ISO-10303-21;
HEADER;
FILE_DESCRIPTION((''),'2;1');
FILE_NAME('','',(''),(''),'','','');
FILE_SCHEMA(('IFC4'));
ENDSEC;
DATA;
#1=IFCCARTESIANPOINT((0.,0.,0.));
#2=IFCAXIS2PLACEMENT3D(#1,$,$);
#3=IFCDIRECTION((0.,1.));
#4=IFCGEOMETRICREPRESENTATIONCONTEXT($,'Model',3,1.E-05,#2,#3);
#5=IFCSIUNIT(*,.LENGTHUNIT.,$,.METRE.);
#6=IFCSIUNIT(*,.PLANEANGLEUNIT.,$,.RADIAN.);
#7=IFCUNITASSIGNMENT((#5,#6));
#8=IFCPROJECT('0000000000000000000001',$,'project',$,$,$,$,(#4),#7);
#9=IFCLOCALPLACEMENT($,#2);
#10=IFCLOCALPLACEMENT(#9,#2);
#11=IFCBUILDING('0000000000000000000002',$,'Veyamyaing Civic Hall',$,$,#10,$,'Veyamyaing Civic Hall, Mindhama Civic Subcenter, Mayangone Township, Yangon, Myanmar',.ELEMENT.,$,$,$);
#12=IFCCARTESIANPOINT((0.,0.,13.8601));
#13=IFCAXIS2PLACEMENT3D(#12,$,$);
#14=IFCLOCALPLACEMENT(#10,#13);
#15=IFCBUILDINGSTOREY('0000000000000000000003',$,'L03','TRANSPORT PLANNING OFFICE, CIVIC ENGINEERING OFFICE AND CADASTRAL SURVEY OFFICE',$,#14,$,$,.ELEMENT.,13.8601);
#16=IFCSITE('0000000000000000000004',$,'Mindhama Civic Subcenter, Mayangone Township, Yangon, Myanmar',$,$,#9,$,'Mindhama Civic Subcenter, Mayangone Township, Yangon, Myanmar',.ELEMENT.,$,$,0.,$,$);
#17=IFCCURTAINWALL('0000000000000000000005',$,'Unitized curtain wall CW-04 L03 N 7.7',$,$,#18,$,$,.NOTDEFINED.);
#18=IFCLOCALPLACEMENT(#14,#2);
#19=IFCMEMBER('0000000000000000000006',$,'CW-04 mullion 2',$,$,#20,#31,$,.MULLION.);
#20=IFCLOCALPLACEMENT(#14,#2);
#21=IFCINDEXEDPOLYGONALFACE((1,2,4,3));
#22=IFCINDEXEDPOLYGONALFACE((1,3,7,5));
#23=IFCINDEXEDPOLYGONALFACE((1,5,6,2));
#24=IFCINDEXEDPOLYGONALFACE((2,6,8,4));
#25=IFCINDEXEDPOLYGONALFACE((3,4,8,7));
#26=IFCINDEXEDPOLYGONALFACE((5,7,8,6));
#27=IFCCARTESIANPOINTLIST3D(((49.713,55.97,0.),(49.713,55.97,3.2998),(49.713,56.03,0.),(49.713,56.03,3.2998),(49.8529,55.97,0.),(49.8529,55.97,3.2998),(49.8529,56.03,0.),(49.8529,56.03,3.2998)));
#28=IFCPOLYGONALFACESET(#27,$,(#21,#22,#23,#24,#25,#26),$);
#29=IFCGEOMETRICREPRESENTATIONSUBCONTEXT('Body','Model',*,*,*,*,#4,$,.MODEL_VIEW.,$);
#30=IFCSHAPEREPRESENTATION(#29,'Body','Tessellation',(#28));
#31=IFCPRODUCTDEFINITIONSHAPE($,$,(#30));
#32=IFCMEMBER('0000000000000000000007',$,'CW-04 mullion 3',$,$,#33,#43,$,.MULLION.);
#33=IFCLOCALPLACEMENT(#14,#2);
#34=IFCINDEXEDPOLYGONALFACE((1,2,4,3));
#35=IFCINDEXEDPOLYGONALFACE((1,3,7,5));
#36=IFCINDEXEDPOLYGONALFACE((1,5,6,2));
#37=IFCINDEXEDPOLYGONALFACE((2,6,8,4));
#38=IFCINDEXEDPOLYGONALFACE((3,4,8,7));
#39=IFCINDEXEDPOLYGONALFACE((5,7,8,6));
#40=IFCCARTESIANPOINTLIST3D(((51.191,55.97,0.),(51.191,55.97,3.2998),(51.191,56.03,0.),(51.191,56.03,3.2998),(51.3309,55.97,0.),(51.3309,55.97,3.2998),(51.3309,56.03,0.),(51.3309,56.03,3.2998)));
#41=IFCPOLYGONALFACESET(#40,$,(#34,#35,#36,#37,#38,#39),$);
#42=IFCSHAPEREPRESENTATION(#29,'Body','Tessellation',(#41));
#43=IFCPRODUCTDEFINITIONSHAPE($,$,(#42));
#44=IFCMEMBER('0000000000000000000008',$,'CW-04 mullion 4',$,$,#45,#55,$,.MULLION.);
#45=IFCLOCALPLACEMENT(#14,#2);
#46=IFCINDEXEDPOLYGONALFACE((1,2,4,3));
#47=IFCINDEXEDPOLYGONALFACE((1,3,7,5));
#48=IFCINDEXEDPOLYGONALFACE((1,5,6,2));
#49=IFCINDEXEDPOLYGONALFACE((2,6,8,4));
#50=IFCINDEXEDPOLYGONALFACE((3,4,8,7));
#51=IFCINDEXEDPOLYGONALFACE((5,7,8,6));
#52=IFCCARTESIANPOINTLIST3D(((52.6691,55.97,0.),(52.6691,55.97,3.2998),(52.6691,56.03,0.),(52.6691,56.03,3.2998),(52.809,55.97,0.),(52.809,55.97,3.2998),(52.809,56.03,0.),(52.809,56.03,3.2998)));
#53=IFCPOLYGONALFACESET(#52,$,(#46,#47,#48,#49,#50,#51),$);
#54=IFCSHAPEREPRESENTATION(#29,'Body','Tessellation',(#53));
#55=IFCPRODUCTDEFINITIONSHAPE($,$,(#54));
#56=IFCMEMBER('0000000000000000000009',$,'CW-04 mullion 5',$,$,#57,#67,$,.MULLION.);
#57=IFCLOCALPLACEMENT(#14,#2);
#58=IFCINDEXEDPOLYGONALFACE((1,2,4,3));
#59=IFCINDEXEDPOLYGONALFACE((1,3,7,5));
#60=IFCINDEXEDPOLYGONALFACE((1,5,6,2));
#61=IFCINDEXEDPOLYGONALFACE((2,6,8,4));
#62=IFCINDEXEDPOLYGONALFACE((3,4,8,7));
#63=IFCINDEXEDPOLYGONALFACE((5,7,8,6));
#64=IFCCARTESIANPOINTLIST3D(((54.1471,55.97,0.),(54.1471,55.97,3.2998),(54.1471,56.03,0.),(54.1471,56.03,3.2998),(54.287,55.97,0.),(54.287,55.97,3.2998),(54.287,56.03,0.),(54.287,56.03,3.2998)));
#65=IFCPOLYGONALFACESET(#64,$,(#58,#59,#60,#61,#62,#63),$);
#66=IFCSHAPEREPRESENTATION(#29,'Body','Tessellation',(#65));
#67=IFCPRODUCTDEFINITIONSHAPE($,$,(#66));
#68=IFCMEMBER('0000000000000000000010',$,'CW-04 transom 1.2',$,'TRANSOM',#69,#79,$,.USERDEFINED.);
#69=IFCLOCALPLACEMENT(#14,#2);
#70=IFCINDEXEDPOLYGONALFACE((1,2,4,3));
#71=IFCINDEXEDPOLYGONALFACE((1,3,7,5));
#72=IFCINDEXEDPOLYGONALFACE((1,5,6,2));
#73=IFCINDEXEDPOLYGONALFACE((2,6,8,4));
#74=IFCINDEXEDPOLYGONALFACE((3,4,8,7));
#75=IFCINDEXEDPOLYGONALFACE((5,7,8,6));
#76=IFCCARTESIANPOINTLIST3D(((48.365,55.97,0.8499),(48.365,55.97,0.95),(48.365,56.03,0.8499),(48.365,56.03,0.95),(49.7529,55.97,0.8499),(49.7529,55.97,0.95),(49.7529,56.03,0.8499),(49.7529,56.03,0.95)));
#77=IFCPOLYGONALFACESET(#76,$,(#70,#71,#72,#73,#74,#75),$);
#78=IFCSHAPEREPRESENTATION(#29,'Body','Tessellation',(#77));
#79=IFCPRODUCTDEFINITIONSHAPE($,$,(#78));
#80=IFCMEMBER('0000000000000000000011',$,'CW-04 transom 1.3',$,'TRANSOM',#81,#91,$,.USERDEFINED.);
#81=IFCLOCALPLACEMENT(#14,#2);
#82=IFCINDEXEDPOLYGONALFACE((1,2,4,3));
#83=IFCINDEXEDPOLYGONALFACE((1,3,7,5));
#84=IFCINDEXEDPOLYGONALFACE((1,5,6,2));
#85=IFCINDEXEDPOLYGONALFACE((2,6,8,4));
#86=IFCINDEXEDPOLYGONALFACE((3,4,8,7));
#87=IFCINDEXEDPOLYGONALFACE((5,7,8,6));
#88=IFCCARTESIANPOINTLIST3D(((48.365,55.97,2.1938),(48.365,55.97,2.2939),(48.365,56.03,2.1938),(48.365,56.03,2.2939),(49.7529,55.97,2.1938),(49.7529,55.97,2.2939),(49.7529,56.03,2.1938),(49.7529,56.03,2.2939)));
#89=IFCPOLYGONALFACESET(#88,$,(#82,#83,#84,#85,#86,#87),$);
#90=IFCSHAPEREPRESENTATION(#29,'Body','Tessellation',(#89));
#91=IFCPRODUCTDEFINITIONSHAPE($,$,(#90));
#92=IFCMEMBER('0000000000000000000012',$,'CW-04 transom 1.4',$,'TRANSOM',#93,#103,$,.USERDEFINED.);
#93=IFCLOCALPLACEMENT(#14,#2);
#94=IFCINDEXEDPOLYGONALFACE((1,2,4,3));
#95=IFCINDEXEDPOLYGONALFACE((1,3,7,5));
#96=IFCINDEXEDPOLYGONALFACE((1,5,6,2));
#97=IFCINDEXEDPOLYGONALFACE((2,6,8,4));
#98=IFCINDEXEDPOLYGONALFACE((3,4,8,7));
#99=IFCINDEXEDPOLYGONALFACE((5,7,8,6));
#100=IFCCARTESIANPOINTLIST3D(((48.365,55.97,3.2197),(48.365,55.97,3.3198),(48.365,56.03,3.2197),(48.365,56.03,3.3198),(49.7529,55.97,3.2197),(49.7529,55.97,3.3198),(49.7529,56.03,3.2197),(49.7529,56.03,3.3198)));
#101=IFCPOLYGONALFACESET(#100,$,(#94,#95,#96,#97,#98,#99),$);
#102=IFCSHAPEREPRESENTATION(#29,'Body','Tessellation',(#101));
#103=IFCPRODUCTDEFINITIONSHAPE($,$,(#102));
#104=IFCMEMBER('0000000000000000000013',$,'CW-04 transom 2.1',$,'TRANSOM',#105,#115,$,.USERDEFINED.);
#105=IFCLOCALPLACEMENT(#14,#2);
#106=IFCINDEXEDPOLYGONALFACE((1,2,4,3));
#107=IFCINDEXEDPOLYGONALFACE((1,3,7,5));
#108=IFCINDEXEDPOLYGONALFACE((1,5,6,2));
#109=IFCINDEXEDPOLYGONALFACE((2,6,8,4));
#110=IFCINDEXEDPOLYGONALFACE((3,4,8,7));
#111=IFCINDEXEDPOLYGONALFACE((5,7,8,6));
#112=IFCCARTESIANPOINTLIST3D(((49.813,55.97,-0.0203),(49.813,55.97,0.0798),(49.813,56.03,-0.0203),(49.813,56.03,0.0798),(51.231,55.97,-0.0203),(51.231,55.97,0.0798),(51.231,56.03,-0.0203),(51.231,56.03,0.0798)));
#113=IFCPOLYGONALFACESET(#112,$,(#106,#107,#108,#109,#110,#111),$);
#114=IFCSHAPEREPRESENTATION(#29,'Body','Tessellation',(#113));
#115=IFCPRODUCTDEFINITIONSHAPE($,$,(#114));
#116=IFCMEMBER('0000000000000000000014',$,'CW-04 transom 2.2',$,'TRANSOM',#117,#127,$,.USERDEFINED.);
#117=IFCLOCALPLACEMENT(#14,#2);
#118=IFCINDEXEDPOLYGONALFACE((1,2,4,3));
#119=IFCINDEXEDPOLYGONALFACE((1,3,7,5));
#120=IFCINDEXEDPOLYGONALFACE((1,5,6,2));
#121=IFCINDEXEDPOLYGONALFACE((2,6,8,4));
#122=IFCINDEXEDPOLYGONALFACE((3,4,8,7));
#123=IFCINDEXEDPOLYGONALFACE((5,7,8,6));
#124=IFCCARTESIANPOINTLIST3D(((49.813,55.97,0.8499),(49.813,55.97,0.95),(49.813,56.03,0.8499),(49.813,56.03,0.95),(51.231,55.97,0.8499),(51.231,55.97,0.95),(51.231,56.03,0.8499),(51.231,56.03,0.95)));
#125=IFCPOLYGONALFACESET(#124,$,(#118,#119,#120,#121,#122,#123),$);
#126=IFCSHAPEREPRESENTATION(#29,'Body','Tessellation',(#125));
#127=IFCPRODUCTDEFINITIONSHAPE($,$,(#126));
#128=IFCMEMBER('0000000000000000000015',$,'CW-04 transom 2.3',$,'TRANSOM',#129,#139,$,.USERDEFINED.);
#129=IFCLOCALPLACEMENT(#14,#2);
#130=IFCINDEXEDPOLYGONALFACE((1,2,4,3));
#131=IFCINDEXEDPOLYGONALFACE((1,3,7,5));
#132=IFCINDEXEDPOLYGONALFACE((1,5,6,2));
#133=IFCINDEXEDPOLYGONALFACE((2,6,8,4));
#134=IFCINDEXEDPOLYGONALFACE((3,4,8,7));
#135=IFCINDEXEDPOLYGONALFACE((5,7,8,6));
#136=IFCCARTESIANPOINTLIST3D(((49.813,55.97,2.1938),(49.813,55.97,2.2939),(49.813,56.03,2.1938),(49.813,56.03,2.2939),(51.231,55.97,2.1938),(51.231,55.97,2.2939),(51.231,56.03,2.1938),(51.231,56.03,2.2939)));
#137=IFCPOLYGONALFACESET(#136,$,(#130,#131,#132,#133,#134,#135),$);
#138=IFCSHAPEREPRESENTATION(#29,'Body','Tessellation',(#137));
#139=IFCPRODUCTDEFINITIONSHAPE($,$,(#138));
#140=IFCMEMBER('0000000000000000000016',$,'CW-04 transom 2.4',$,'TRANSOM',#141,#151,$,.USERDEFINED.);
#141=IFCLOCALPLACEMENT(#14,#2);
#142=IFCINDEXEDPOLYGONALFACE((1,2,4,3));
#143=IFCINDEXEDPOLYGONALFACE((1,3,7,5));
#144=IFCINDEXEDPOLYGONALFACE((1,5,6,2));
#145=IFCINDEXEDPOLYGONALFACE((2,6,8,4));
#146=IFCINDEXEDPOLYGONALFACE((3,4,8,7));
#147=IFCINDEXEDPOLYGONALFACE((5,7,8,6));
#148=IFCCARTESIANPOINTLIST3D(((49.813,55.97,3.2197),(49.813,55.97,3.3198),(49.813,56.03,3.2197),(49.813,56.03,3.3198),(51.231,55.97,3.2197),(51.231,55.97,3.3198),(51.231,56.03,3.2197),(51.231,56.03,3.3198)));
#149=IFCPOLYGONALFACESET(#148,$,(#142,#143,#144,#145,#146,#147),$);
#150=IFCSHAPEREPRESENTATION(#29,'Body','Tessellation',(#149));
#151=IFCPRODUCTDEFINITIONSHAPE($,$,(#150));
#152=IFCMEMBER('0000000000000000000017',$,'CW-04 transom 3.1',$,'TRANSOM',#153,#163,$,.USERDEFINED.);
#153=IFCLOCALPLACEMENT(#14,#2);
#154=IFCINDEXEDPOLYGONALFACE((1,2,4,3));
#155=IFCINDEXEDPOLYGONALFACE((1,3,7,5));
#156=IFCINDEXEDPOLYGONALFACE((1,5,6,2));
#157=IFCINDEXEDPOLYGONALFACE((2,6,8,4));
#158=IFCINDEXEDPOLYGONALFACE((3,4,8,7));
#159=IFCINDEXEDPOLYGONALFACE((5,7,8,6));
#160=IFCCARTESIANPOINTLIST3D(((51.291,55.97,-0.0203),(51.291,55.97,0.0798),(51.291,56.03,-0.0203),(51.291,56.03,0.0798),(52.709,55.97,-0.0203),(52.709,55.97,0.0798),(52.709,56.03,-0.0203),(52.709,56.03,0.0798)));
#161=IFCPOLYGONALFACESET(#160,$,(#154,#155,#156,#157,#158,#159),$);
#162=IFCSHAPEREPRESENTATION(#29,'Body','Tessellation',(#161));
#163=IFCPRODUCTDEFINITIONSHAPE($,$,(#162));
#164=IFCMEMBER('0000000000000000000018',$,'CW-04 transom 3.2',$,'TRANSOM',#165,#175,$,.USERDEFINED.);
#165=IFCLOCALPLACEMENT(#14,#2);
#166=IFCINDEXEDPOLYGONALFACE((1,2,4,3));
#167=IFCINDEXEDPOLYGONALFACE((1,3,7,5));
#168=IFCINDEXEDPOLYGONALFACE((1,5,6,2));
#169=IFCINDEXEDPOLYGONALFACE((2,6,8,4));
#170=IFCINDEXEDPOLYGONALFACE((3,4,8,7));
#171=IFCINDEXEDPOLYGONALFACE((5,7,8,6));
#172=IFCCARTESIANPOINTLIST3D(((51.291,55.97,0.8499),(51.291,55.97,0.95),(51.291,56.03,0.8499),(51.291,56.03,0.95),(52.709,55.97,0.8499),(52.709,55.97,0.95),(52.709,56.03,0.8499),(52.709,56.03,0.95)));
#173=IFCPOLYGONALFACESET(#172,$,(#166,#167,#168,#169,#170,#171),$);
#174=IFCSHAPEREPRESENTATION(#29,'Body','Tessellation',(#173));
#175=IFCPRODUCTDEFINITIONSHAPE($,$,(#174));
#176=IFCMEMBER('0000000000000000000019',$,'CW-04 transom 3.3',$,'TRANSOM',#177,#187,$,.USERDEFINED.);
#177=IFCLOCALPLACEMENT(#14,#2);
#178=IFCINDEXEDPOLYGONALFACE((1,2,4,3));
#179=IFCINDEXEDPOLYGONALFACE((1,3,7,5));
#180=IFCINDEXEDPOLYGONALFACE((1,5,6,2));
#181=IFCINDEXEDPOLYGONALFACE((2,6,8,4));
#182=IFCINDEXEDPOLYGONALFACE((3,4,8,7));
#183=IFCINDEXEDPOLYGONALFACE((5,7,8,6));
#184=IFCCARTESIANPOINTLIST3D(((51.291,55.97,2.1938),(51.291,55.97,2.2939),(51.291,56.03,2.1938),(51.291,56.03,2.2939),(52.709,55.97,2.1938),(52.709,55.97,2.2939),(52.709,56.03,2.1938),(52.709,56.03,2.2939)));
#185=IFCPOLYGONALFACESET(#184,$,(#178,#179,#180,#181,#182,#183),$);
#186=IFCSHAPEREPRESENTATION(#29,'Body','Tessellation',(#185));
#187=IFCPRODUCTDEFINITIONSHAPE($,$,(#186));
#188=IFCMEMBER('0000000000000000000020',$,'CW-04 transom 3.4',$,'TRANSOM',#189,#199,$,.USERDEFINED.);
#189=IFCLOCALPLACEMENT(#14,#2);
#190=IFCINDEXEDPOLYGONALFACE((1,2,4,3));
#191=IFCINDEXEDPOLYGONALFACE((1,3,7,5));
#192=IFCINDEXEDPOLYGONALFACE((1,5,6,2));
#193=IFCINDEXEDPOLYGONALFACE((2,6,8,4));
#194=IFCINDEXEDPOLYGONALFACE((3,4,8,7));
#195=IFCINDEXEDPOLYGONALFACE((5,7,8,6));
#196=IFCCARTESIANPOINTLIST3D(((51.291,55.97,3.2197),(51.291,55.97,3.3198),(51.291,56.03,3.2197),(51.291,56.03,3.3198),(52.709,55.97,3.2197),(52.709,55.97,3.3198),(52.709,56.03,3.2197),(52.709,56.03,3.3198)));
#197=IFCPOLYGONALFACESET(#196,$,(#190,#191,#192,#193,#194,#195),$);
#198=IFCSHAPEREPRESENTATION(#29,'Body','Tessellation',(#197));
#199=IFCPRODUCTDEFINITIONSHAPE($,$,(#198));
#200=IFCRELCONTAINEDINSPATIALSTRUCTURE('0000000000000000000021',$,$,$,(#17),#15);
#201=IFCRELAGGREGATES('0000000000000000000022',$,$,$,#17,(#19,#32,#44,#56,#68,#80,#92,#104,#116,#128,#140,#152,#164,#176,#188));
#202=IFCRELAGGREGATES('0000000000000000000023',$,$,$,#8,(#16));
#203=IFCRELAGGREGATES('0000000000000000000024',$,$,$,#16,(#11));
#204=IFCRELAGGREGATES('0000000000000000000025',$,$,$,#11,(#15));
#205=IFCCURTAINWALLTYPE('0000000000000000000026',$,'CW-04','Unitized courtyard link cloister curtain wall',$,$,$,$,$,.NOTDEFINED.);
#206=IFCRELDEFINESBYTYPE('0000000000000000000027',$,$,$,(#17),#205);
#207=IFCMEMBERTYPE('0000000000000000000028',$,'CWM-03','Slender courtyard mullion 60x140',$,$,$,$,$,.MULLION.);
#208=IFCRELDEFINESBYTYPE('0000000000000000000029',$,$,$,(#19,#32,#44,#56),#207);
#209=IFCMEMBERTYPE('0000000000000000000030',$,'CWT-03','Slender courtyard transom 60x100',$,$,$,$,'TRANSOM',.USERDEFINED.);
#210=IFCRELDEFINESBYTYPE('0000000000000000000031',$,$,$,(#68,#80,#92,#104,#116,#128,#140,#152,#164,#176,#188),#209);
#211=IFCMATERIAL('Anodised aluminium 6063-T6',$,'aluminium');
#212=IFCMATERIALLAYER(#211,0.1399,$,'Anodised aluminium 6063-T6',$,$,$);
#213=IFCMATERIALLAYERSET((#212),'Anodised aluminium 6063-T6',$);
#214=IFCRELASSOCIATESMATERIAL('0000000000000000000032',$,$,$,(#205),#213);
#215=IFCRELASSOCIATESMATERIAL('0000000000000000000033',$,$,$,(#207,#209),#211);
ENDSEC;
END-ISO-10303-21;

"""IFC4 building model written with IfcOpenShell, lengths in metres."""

from ifc_helpers import new_model, si_unit, direction, frame, origin, origin_2d, place, context, subcontext, project, spatial, rectangle, extrude, material, layer, layer_set, material_profile, profile_set, type_object, element, aggregate, save


model = new_model("IFC4")

# Units and contexts
model_context = context("Model", 3, precision=1e-05, world=origin(), true_north=direction((0.0, 1.0)))
body_context = subcontext(model_context, "Body", "Model", "MODEL_VIEW")
ifc_project = project(units=[si_unit("LENGTHUNIT", "METRE"), si_unit("PLANEANGLEUNIT", "RADIAN")], contexts=[model_context])

# Site, building, storey
site_placement = place(None, origin())
site = spatial("IfcSite", under=ifc_project, at=site_placement, Name="Mindhama Civic Subcenter, Mayangone Township, Yangon, Myanmar", LongName="Mindhama Civic Subcenter, Mayangone Township, Yangon, Myanmar", CompositionType="ELEMENT", RefElevation=0.0)
building_placement = place(site_placement, origin())
building = spatial("IfcBuilding", under=site, at=building_placement, Name="Veyamyaing Civic Hall", LongName="Veyamyaing Civic Hall, Mindhama Civic Subcenter, Mayangone Township, Yangon, Myanmar", CompositionType="ELEMENT")
storey_placement = place(building_placement, frame((0.0, 0.0, 13.8601)))
storey = spatial("IfcBuildingStorey", under=building, at=storey_placement, Name="L03", Description="TRANSPORT PLANNING OFFICE, CIVIC ENGINEERING OFFICE AND CADASTRAL SURVEY OFFICE", CompositionType="ELEMENT", Elevation=13.8601)

# Curtain wall, members
ifc_material_1 = material(Name="Anodised aluminium 6063-T6", Category="aluminium")
ifc_layer_1 = layer(ifc_material_1, 0.1399, Name="Anodised aluminium 6063-T6")
ifc_layer_set_1 = layer_set([ifc_layer_1], Name="Anodised aluminium 6063-T6")
curtain_wall_type = type_object("IfcCurtainWallType", Name="CW-04", Description="Unitized courtyard link cloister curtain wall", PredefinedType="NOTDEFINED", material=ifc_layer_set_1)
curtain_wall_placement = place(storey_placement, origin())
curtain_wall = element("IfcCurtainWall", 1, at=curtain_wall_placement, inside=storey, type_object=curtain_wall_type, Name="Unitized curtain wall CW-04 L03 N 7.7", PredefinedType="NOTDEFINED")
ifc_material_profile_1 = material_profile(ifc_material_1, rectangle(XDim=0.0601, YDim=0.1399, at=origin_2d()), Name="ALU-MUL-60X140")
ifc_profile_set_1 = profile_set([ifc_material_profile_1], Name="Anodised aluminium 6063-T6")
member_type_1 = type_object("IfcMemberType", Name="CWM-03", Description="Slender courtyard mullion 60x140", PredefinedType="MULLION", material=ifc_profile_set_1)
member_1_placement = place(storey_placement, frame((49.783, 56.0, 0.0), z_axis=(0.0, 0.0, 1.0), x_axis=(0.0, 1.0, 0.0)))
member_1 = element("IfcMember", 2, at=member_1_placement, type_object=member_type_1, Name="CW-04 mullion 2", PredefinedType="MULLION", context=body_context, shape_type="SweptSolid", body=[
    extrude(rectangle(XDim=0.0601, YDim=0.1399, at=origin_2d()), origin(), (0.0, 0.0, 1.0), 3.2998),
])
member_2_placement = place(storey_placement, frame((51.261, 56.0, 0.0), z_axis=(0.0, 0.0, 1.0), x_axis=(0.0, 1.0, 0.0)))
member_2 = element("IfcMember", 3, at=member_2_placement, type_object=member_type_1, Name="CW-04 mullion 3", PredefinedType="MULLION", context=body_context, shape_type="SweptSolid", body=[
    extrude(rectangle(XDim=0.0601, YDim=0.1399, at=origin_2d()), origin(), (0.0, 0.0, 1.0), 3.2998),
])
member_3_placement = place(storey_placement, frame((52.739, 56.0, 0.0), z_axis=(0.0, 0.0, 1.0), x_axis=(0.0, 1.0, 0.0)))
member_3 = element("IfcMember", 4, at=member_3_placement, type_object=member_type_1, Name="CW-04 mullion 4", PredefinedType="MULLION", context=body_context, shape_type="SweptSolid", body=[
    extrude(rectangle(XDim=0.0601, YDim=0.1399, at=origin_2d()), origin(), (0.0, 0.0, 1.0), 3.2998),
])
member_4_placement = place(storey_placement, frame((54.217, 56.0, 0.0), z_axis=(0.0, 0.0, 1.0), x_axis=(0.0, 1.0, 0.0)))
member_4 = element("IfcMember", 5, at=member_4_placement, type_object=member_type_1, Name="CW-04 mullion 5", PredefinedType="MULLION", context=body_context, shape_type="SweptSolid", body=[
    extrude(rectangle(XDim=0.0601, YDim=0.1399, at=origin_2d()), origin(), (0.0, 0.0, 1.0), 3.2998),
])
ifc_material_profile_2 = material_profile(ifc_material_1, rectangle(XDim=0.0601, YDim=0.1001, at=origin_2d()), Name="ALU-TRN-60X100")
ifc_profile_set_2 = profile_set([ifc_material_profile_2], Name="Anodised aluminium 6063-T6")
member_type_2 = type_object("IfcMemberType", Name="CWT-03", Description="Slender courtyard transom 60x100", ElementType="TRANSOM", PredefinedType="USERDEFINED", material=ifc_profile_set_2)
member_5_placement = place(storey_placement, frame((48.365, 56.0, 0.8999), z_axis=(1.0, 0.0, 0.0), x_axis=(0.0, 1.0, 0.0)))
member_5 = element("IfcMember", 6, at=member_5_placement, type_object=member_type_2, Name="CW-04 transom 1.2", ObjectType="TRANSOM", PredefinedType="USERDEFINED", context=body_context, shape_type="SweptSolid", body=[
    extrude(rectangle(XDim=0.0601, YDim=0.1001, at=origin_2d()), origin(), (0.0, 0.0, 1.0), 1.3879),
])
member_6_placement = place(storey_placement, frame((48.365, 56.0, 2.2439), z_axis=(1.0, 0.0, 0.0), x_axis=(0.0, 1.0, 0.0)))
member_6 = element("IfcMember", 7, at=member_6_placement, type_object=member_type_2, Name="CW-04 transom 1.3", ObjectType="TRANSOM", PredefinedType="USERDEFINED", context=body_context, shape_type="SweptSolid", body=[
    extrude(rectangle(XDim=0.0601, YDim=0.1001, at=origin_2d()), origin(), (0.0, 0.0, 1.0), 1.3879),
])
member_7_placement = place(storey_placement, frame((48.365, 56.0, 3.2698), z_axis=(1.0, 0.0, 0.0), x_axis=(0.0, 1.0, 0.0)))
member_7 = element("IfcMember", 8, at=member_7_placement, type_object=member_type_2, Name="CW-04 transom 1.4", ObjectType="TRANSOM", PredefinedType="USERDEFINED", context=body_context, shape_type="SweptSolid", body=[
    extrude(rectangle(XDim=0.0601, YDim=0.1001, at=origin_2d()), origin(), (0.0, 0.0, 1.0), 1.3879),
])
member_8_placement = place(storey_placement, frame((49.813, 56.0, 0.0298), z_axis=(1.0, 0.0, 0.0), x_axis=(0.0, 1.0, 0.0)))
member_8 = element("IfcMember", 9, at=member_8_placement, type_object=member_type_2, Name="CW-04 transom 2.1", ObjectType="TRANSOM", PredefinedType="USERDEFINED", context=body_context, shape_type="SweptSolid", body=[
    extrude(rectangle(XDim=0.0601, YDim=0.1001, at=origin_2d()), origin(), (0.0, 0.0, 1.0), 1.418),
])
member_9_placement = place(storey_placement, frame((49.813, 56.0, 0.8999), z_axis=(1.0, 0.0, 0.0), x_axis=(0.0, 1.0, 0.0)))
member_9 = element("IfcMember", 10, at=member_9_placement, type_object=member_type_2, Name="CW-04 transom 2.2", ObjectType="TRANSOM", PredefinedType="USERDEFINED", context=body_context, shape_type="SweptSolid", body=[
    extrude(rectangle(XDim=0.0601, YDim=0.1001, at=origin_2d()), origin(), (0.0, 0.0, 1.0), 1.418),
])
member_10_placement = place(storey_placement, frame((49.813, 56.0, 2.2439), z_axis=(1.0, 0.0, 0.0), x_axis=(0.0, 1.0, 0.0)))
member_10 = element("IfcMember", 11, at=member_10_placement, type_object=member_type_2, Name="CW-04 transom 2.3", ObjectType="TRANSOM", PredefinedType="USERDEFINED", context=body_context, shape_type="SweptSolid", body=[
    extrude(rectangle(XDim=0.0601, YDim=0.1001, at=origin_2d()), origin(), (0.0, 0.0, 1.0), 1.418),
])
member_11_placement = place(storey_placement, frame((49.813, 56.0, 3.2698), z_axis=(1.0, 0.0, 0.0), x_axis=(0.0, 1.0, 0.0)))
member_11 = element("IfcMember", 12, at=member_11_placement, type_object=member_type_2, Name="CW-04 transom 2.4", ObjectType="TRANSOM", PredefinedType="USERDEFINED", context=body_context, shape_type="SweptSolid", body=[
    extrude(rectangle(XDim=0.0601, YDim=0.1001, at=origin_2d()), origin(), (0.0, 0.0, 1.0), 1.418),
])
member_12_placement = place(storey_placement, frame((51.291, 56.0, 0.0298), z_axis=(1.0, 0.0, 0.0), x_axis=(0.0, 1.0, 0.0)))
member_12 = element("IfcMember", 13, at=member_12_placement, type_object=member_type_2, Name="CW-04 transom 3.1", ObjectType="TRANSOM", PredefinedType="USERDEFINED", context=body_context, shape_type="SweptSolid", body=[
    extrude(rectangle(XDim=0.0601, YDim=0.1001, at=origin_2d()), origin(), (0.0, 0.0, 1.0), 1.418),
])
member_13_placement = place(storey_placement, frame((51.291, 56.0, 0.8999), z_axis=(1.0, 0.0, 0.0), x_axis=(0.0, 1.0, 0.0)))
member_13 = element("IfcMember", 14, at=member_13_placement, type_object=member_type_2, Name="CW-04 transom 3.2", ObjectType="TRANSOM", PredefinedType="USERDEFINED", context=body_context, shape_type="SweptSolid", body=[
    extrude(rectangle(XDim=0.0601, YDim=0.1001, at=origin_2d()), origin(), (0.0, 0.0, 1.0), 1.418),
])
member_14_placement = place(storey_placement, frame((51.291, 56.0, 2.2439), z_axis=(1.0, 0.0, 0.0), x_axis=(0.0, 1.0, 0.0)))
member_14 = element("IfcMember", 15, at=member_14_placement, type_object=member_type_2, Name="CW-04 transom 3.3", ObjectType="TRANSOM", PredefinedType="USERDEFINED", context=body_context, shape_type="SweptSolid", body=[
    extrude(rectangle(XDim=0.0601, YDim=0.1001, at=origin_2d()), origin(), (0.0, 0.0, 1.0), 1.418),
])
member_15_placement = place(storey_placement, frame((51.291, 56.0, 3.2698), z_axis=(1.0, 0.0, 0.0), x_axis=(0.0, 1.0, 0.0)))
member_15 = element("IfcMember", 16, at=member_15_placement, type_object=member_type_2, Name="CW-04 transom 3.4", ObjectType="TRANSOM", PredefinedType="USERDEFINED", context=body_context, shape_type="SweptSolid", body=[
    extrude(rectangle(XDim=0.0601, YDim=0.1001, at=origin_2d()), origin(), (0.0, 0.0, 1.0), 1.418),
])
aggregate(curtain_wall, [member_1, member_2, member_3, member_4, member_5, member_6, member_7, member_8, member_9, member_10, member_11, member_12, member_13, member_14, member_15])

save(model, "model.ifc")
